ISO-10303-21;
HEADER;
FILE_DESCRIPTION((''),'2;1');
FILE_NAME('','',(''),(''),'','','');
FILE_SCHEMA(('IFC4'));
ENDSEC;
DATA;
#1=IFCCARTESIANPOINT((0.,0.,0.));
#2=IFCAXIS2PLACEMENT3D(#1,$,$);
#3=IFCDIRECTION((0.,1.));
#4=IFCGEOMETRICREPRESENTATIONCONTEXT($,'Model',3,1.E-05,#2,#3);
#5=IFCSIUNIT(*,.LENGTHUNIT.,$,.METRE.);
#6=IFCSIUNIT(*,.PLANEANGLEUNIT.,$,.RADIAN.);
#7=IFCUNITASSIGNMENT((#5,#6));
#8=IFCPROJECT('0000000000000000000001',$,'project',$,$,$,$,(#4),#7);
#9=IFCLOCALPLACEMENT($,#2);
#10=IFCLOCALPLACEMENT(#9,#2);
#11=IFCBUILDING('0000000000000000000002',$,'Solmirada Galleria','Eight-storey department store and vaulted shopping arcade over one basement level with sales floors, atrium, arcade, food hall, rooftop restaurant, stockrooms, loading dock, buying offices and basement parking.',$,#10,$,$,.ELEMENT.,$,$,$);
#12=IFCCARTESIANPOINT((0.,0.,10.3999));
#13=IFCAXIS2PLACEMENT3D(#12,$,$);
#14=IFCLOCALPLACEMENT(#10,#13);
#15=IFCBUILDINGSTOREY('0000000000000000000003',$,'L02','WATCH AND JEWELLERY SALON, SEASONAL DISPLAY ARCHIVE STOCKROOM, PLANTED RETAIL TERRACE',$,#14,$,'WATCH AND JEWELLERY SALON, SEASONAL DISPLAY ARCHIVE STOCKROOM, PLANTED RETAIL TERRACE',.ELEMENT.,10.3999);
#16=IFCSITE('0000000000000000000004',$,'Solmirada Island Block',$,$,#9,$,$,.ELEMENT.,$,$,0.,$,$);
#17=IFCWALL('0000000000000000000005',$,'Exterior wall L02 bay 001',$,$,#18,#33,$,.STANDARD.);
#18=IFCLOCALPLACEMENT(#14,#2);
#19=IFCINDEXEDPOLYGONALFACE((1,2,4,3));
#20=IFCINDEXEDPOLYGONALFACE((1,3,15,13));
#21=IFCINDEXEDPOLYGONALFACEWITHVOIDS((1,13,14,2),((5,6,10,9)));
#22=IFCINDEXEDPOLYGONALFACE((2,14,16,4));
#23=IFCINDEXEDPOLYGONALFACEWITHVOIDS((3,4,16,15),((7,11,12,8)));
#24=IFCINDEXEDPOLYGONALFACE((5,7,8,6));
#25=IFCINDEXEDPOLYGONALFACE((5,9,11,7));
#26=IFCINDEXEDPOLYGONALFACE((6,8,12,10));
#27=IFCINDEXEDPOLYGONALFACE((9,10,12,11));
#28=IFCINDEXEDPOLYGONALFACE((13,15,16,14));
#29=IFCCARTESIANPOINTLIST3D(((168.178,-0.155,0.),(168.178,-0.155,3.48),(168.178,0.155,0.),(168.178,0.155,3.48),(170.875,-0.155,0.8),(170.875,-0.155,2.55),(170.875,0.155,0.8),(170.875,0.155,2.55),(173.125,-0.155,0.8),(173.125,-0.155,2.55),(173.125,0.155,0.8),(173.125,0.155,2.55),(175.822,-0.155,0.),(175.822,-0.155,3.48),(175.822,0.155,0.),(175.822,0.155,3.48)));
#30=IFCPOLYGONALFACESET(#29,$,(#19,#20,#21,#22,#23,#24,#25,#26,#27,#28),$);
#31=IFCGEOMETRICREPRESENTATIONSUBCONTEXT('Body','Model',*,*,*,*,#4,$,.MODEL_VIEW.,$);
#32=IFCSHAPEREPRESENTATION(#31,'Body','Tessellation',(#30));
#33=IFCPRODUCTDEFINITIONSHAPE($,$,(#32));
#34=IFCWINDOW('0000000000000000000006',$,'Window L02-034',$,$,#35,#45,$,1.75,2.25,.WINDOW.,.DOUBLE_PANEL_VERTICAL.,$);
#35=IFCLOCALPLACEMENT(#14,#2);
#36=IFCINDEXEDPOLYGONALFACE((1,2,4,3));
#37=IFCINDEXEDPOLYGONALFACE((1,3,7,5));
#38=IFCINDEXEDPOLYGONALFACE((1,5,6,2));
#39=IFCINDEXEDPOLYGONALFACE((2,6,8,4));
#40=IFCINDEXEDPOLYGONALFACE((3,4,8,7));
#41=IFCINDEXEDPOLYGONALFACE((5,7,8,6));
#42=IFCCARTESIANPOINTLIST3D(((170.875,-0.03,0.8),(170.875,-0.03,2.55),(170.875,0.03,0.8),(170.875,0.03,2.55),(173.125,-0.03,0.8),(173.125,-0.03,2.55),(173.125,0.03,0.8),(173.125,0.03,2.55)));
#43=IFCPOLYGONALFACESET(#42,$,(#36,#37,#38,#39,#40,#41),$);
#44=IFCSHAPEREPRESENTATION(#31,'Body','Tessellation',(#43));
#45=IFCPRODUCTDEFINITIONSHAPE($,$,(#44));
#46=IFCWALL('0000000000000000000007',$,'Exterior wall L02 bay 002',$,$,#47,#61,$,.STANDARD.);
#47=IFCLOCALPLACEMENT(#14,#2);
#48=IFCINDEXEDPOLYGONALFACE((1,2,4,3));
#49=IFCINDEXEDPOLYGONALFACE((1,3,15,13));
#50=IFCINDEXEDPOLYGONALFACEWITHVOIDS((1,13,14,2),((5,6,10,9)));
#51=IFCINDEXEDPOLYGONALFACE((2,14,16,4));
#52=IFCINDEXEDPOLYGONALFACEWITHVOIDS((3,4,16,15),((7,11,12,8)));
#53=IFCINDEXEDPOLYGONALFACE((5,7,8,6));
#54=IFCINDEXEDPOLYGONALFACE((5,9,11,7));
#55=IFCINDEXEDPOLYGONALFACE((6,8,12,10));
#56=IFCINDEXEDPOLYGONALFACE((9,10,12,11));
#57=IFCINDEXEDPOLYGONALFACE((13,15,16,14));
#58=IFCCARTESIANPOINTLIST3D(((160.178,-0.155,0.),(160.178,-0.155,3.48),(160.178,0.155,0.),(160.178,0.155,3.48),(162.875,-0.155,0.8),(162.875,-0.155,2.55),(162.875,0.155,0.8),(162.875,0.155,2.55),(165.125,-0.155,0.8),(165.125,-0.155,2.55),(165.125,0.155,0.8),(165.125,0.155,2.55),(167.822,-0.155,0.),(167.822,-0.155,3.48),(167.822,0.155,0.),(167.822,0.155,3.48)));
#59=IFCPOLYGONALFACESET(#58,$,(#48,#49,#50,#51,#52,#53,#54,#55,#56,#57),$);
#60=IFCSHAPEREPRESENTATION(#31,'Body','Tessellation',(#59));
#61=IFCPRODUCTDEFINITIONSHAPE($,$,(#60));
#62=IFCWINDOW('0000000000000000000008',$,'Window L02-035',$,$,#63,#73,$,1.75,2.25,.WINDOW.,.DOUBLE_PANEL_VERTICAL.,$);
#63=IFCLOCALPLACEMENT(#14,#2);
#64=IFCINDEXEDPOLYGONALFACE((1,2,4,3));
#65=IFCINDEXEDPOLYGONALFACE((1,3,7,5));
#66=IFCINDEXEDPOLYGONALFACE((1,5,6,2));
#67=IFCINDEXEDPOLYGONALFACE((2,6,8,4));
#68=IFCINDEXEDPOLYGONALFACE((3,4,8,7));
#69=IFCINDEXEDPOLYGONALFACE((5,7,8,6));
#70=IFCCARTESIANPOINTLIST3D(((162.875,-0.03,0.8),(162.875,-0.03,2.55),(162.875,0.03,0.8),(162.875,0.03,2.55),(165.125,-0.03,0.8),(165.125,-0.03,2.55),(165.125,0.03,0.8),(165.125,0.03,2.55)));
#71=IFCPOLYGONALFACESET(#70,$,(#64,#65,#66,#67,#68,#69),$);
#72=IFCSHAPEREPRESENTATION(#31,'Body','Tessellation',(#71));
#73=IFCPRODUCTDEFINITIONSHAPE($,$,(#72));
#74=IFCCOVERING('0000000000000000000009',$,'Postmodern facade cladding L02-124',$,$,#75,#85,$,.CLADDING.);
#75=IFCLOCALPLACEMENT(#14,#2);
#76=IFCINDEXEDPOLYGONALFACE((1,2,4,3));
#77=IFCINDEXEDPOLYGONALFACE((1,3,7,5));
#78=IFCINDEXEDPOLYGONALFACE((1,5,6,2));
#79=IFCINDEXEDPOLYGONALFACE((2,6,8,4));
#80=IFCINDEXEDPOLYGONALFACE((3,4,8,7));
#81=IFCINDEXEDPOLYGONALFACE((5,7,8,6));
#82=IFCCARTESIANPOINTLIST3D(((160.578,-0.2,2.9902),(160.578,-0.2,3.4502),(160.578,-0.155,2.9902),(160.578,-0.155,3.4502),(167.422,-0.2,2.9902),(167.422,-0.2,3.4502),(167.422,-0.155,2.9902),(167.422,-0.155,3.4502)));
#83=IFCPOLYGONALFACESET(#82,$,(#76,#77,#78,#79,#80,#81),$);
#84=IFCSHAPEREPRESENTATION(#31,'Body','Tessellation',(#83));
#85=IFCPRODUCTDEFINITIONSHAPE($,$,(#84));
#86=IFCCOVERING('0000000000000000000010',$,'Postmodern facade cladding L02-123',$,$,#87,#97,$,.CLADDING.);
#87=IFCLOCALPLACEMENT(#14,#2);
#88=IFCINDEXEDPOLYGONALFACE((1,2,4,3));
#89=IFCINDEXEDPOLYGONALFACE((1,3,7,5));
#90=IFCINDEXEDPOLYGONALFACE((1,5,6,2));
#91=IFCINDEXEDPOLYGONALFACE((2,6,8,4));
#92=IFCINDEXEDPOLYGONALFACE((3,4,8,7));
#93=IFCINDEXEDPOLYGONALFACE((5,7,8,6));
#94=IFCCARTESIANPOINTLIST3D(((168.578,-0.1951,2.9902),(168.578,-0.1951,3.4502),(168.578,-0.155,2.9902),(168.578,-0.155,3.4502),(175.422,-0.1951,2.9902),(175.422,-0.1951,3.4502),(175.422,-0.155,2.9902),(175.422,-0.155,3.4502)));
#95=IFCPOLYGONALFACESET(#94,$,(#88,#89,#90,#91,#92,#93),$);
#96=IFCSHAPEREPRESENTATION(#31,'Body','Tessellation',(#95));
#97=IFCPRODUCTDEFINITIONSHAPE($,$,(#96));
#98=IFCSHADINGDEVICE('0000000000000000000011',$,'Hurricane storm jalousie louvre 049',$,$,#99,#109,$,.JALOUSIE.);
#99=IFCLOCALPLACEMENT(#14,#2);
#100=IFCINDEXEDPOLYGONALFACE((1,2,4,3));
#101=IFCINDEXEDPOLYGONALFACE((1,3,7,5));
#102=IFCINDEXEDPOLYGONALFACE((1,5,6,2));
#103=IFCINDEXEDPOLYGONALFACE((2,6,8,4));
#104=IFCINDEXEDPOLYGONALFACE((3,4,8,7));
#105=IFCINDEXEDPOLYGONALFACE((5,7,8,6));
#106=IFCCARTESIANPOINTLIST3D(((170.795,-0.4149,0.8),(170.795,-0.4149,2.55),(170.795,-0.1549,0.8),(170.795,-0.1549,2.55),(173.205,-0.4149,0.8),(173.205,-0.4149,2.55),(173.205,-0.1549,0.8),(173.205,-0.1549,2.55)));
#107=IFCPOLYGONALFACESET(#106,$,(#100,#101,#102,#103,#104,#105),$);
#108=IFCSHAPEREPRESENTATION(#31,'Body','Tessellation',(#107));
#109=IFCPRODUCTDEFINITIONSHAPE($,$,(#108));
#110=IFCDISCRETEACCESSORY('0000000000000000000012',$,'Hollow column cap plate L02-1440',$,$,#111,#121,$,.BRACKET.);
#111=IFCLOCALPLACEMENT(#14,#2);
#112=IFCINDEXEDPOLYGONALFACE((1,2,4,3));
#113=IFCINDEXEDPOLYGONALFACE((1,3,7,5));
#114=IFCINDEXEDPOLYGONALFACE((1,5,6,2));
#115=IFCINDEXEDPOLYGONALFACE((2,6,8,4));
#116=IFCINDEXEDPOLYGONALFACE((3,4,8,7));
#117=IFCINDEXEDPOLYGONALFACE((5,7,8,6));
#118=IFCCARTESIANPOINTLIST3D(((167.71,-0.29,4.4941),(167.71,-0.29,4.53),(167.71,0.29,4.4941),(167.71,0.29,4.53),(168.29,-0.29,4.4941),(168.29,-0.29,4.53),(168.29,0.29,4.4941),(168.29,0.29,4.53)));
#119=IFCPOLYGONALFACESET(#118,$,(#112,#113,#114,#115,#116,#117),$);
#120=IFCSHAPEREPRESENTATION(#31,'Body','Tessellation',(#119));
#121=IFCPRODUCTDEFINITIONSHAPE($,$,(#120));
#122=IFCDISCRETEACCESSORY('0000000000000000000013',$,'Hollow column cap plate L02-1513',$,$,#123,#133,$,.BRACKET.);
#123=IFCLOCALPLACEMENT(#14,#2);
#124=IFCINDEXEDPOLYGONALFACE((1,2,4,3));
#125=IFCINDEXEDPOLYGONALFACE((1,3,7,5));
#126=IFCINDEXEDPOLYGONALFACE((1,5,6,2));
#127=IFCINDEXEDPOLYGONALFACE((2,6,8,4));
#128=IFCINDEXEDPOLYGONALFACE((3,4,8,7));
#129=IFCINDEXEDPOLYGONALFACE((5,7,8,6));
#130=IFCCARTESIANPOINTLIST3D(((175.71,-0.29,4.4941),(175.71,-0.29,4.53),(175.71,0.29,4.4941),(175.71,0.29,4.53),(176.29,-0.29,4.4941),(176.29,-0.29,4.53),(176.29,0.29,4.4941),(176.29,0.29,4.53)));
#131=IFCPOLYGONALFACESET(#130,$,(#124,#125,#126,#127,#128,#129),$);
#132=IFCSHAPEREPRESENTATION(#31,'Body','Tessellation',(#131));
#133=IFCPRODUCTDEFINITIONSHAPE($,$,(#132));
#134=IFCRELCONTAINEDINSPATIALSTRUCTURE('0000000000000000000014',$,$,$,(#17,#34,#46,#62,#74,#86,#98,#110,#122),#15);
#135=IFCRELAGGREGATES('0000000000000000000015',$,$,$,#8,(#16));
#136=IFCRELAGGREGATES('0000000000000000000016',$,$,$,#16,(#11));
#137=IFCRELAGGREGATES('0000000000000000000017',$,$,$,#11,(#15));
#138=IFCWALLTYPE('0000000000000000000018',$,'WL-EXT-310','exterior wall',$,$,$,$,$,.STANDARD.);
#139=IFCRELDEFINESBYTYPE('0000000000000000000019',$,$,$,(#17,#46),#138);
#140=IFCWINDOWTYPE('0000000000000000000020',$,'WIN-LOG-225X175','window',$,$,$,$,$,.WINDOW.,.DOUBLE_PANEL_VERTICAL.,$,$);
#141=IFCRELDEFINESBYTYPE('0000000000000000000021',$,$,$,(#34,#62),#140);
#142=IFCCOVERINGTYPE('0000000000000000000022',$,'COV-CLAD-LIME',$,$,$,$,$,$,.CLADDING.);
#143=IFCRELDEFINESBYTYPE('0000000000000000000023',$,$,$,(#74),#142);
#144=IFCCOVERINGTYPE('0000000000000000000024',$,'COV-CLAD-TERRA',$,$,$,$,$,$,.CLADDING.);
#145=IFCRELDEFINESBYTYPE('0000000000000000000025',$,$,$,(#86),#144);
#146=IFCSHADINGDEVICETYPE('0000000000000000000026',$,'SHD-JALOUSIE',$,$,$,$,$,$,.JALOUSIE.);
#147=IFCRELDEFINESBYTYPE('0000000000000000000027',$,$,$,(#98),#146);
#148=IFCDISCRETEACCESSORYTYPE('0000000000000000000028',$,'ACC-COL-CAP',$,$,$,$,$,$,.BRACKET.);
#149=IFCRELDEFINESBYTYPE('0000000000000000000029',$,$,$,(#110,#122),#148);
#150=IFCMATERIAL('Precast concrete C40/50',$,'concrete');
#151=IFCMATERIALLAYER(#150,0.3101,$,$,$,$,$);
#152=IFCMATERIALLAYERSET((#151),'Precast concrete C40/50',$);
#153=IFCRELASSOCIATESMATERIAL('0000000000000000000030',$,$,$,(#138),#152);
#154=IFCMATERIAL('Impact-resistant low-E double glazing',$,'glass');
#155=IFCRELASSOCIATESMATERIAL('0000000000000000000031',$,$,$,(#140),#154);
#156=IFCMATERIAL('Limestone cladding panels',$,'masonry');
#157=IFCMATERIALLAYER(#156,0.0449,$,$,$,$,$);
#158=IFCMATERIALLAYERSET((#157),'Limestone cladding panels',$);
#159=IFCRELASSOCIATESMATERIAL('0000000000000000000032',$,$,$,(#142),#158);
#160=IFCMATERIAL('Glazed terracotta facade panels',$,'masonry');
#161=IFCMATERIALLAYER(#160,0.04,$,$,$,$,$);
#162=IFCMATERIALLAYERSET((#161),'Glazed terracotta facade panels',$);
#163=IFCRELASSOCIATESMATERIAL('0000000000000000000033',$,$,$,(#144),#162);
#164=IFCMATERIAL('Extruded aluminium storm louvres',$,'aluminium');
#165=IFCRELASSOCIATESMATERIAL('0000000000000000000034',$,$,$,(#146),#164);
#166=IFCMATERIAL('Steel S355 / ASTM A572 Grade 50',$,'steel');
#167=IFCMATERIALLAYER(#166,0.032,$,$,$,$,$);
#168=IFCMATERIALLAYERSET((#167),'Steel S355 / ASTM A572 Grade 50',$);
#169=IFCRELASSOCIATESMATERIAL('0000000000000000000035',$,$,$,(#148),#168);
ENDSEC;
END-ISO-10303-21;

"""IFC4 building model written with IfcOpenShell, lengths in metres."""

from ifc_helpers import new_model, si_unit, direction, frame, frame_2d, origin, origin_2d, place, context, subcontext, project, spatial, rectangle, extrude, material, layer, layer_set, type_object, element, fill, save


model = new_model("IFC4")

# Units and contexts
model_context = context("Model", 3, precision=1e-05, world=origin(), true_north=direction((0.0, 1.0)))
body_context = subcontext(model_context, "Body", "Model", "MODEL_VIEW")
ifc_project = project(units=[si_unit("LENGTHUNIT", "METRE"), si_unit("PLANEANGLEUNIT", "RADIAN")], contexts=[model_context])

# Site, building, storey
site_placement = place(None, origin())
site = spatial("IfcSite", under=ifc_project, at=site_placement, Name="Solmirada Island Block", CompositionType="ELEMENT", RefElevation=0.0)
building_placement = place(site_placement, origin())
building = spatial("IfcBuilding", under=site, at=building_placement, Name="Solmirada Galleria", Description="Eight-storey department store and vaulted shopping arcade over one basement level with sales floors, atrium, arcade, food hall, rooftop restaurant, stockrooms, loading dock, buying offices and basement parking.", CompositionType="ELEMENT")
storey_placement = place(building_placement, frame((0.0, 0.0, 10.3999)))
storey = spatial("IfcBuildingStorey", under=building, at=storey_placement, Name="L02", Description="WATCH AND JEWELLERY SALON, SEASONAL DISPLAY ARCHIVE STOCKROOM, PLANTED RETAIL TERRACE", LongName="WATCH AND JEWELLERY SALON, SEASONAL DISPLAY ARCHIVE STOCKROOM, PLANTED RETAIL TERRACE", CompositionType="ELEMENT", Elevation=10.3999)

# Shared definitions
ifc_material_1 = material(Name="Impact-resistant low-E double glazing", Category="glass")

# Walls, openings, windows
ifc_material_2 = material(Name="Precast concrete C40/50", Category="concrete")
ifc_layer_1 = layer(ifc_material_2, 0.3101)
ifc_layer_set_1 = layer_set([ifc_layer_1], Name="Precast concrete C40/50")
wall_type = type_object("IfcWallType", Name="WL-EXT-310", Description="exterior wall", PredefinedType="STANDARD", material=ifc_layer_set_1)
wall_1_placement = place(storey_placement, frame((175.822, 0.0, 0.0), z_axis=(0.0, 0.0, 1.0), x_axis=(-1.0, 0.0, 0.0)))
wall_1 = element("IfcWall", 1, at=wall_1_placement, inside=storey, type_object=wall_type, Name="Exterior wall L02 bay 001", PredefinedType="STANDARD", context=body_context, shape_type="SweptSolid", body=[
    extrude(rectangle(XDim=7.644, YDim=0.3101, at=frame_2d((3.822, 0.0))), origin(), (0.0, 0.0, 1.0), 3.48),
])
opening_1_placement = place(wall_1_placement, frame((2.697, 0.0, 0.8)))
opening_1 = element("IfcOpeningElement", 2, at=opening_1_placement, cuts=wall_1, PredefinedType="OPENING", context=body_context, shape_type="SweptSolid", body=[
    extrude(rectangle(XDim=2.25, YDim=1.75, at=frame_2d((1.125, 0.875))), frame((0.0, 0.165, 0.0), z_axis=(0.0, -1.0, 0.0), x_axis=(1.0, 0.0, 0.0)), (0.0, 0.0, 1.0), 0.3301),
])
window_type = type_object("IfcWindowType", Name="WIN-LOG-225X175", Description="window", PartitioningType="DOUBLE_PANEL_VERTICAL", PredefinedType="WINDOW", material=ifc_material_1)
window_1_placement = place(opening_1_placement, origin())
window_1 = element("IfcWindow", 3, at=window_1_placement, inside=storey, type_object=window_type, Name="Window L02-034", OverallHeight=1.75, OverallWidth=2.25, PartitioningType="DOUBLE_PANEL_VERTICAL", PredefinedType="WINDOW", context=body_context, shape_type="SweptSolid", body=[
    extrude(rectangle(XDim=2.25, YDim=1.75, at=frame_2d((1.125, 0.875))), frame((0.0, 0.03, 0.0), z_axis=(0.0, -1.0, 0.0), x_axis=(1.0, 0.0, 0.0)), (0.0, 0.0, 1.0), 0.0601),
])
fill(opening_1, window_1)
wall_2_placement = place(storey_placement, frame((167.822, 0.0, 0.0), z_axis=(0.0, 0.0, 1.0), x_axis=(-1.0, 0.0, 0.0)))
wall_2 = element("IfcWall", 4, at=wall_2_placement, inside=storey, type_object=wall_type, Name="Exterior wall L02 bay 002", PredefinedType="STANDARD", context=body_context, shape_type="SweptSolid", body=[
    extrude(rectangle(XDim=7.644, YDim=0.3101, at=frame_2d((3.822, 0.0))), origin(), (0.0, 0.0, 1.0), 3.48),
])
opening_2_placement = place(wall_2_placement, frame((2.697, 0.0, 0.8)))
opening_2 = element("IfcOpeningElement", 5, at=opening_2_placement, cuts=wall_2, PredefinedType="OPENING", context=body_context, shape_type="SweptSolid", body=[
    extrude(rectangle(XDim=2.25, YDim=1.75, at=frame_2d((1.125, 0.875))), frame((0.0, 0.165, 0.0), z_axis=(0.0, -1.0, 0.0), x_axis=(1.0, 0.0, 0.0)), (0.0, 0.0, 1.0), 0.3301),
])
window_2_placement = place(opening_2_placement, origin())
window_2 = element("IfcWindow", 6, at=window_2_placement, inside=storey, type_object=window_type, Name="Window L02-035", OverallHeight=1.75, OverallWidth=2.25, PartitioningType="DOUBLE_PANEL_VERTICAL", PredefinedType="WINDOW", context=body_context, shape_type="SweptSolid", body=[
    extrude(rectangle(XDim=2.25, YDim=1.75, at=frame_2d((1.125, 0.875))), frame((0.0, 0.03, 0.0), z_axis=(0.0, -1.0, 0.0), x_axis=(1.0, 0.0, 0.0)), (0.0, 0.0, 1.0), 0.0601),
])
fill(opening_2, window_2)

# Coverings
ifc_material_3 = material(Name="Limestone cladding panels", Category="masonry")
ifc_layer_2 = layer(ifc_material_3, 0.0449)
ifc_layer_set_2 = layer_set([ifc_layer_2], Name="Limestone cladding panels")
covering_type_1 = type_object("IfcCoveringType", Name="COV-CLAD-LIME", PredefinedType="CLADDING", material=ifc_layer_set_2)
covering_1_placement = place(storey_placement, frame((164.0, -0.1775, 2.9902), z_axis=(0.0, 0.0, 1.0), x_axis=(-1.0, 0.0, 0.0)))
element("IfcCovering", 7, at=covering_1_placement, inside=storey, type_object=covering_type_1, Name="Postmodern facade cladding L02-124", PredefinedType="CLADDING", context=body_context, shape_type="SweptSolid", body=[
    extrude(rectangle(XDim=6.844, YDim=0.0449, at=origin_2d()), origin(), (0.0, 0.0, 1.0), 0.46),
])
ifc_material_4 = material(Name="Glazed terracotta facade panels", Category="masonry")
ifc_layer_3 = layer(ifc_material_4, 0.04)
ifc_layer_set_3 = layer_set([ifc_layer_3], Name="Glazed terracotta facade panels")
covering_type_2 = type_object("IfcCoveringType", Name="COV-CLAD-TERRA", PredefinedType="CLADDING", material=ifc_layer_set_3)
covering_2_placement = place(storey_placement, frame((172.0, -0.175, 2.9902), z_axis=(0.0, 0.0, 1.0), x_axis=(-1.0, 0.0, 0.0)))
element("IfcCovering", 8, at=covering_2_placement, inside=storey, type_object=covering_type_2, Name="Postmodern facade cladding L02-123", PredefinedType="CLADDING", context=body_context, shape_type="SweptSolid", body=[
    extrude(rectangle(XDim=6.844, YDim=0.04, at=origin_2d()), origin(), (0.0, 0.0, 1.0), 0.46),
])

# Shading device
ifc_material_5 = material(Name="Extruded aluminium storm louvres", Category="aluminium")
shading_device_type = type_object("IfcShadingDeviceType", Name="SHD-JALOUSIE", PredefinedType="JALOUSIE", material=ifc_material_5)
shading_device_placement = place(storey_placement, frame((172.0, -0.2849, 0.8), z_axis=(0.0, 0.0, 1.0), x_axis=(-1.0, 0.0, 0.0)))
element("IfcShadingDevice", 9, at=shading_device_placement, inside=storey, type_object=shading_device_type, Name="Hurricane storm jalousie louvre 049", PredefinedType="JALOUSIE", context=body_context, shape_type="SweptSolid", body=[
    extrude(rectangle(XDim=2.4099, YDim=0.26, at=origin_2d()), origin(), (0.0, 0.0, 1.0), 1.75),
])

# Discrete accessories
ifc_material_6 = material(Name="Steel S355 / ASTM A572 Grade 50", Category="steel")
ifc_layer_4 = layer(ifc_material_6, 0.032)
ifc_layer_set_4 = layer_set([ifc_layer_4], Name="Steel S355 / ASTM A572 Grade 50")
discrete_accessory_type = type_object("IfcDiscreteAccessoryType", Name="ACC-COL-CAP", PredefinedType="BRACKET", material=ifc_layer_set_4)
for number, where, z_axis, x_axis, name in (
    (10, (168.0, 0.0, 4.4941), (0.0, 0.0, 1.0), (1.0, 0.0, 0.0), "Hollow column cap plate L02-1440"),
    (11, (176.0, 0.0, 4.4941), (0.0, 0.0, 1.0), (1.0, 0.0, 0.0), "Hollow column cap plate L02-1513"),
):
    element("IfcDiscreteAccessory", number, at=place(storey_placement, frame(where, z_axis=z_axis, x_axis=x_axis)), inside=storey, type_object=discrete_accessory_type, Name=name, PredefinedType="BRACKET", context=body_context, shape_type="SweptSolid", body=[
        extrude(rectangle(XDim=0.5801, YDim=0.5801, at=origin_2d()), origin(), (0.0, 0.0, 1.0), 0.0359),
    ])

save(model, "model.ifc")
